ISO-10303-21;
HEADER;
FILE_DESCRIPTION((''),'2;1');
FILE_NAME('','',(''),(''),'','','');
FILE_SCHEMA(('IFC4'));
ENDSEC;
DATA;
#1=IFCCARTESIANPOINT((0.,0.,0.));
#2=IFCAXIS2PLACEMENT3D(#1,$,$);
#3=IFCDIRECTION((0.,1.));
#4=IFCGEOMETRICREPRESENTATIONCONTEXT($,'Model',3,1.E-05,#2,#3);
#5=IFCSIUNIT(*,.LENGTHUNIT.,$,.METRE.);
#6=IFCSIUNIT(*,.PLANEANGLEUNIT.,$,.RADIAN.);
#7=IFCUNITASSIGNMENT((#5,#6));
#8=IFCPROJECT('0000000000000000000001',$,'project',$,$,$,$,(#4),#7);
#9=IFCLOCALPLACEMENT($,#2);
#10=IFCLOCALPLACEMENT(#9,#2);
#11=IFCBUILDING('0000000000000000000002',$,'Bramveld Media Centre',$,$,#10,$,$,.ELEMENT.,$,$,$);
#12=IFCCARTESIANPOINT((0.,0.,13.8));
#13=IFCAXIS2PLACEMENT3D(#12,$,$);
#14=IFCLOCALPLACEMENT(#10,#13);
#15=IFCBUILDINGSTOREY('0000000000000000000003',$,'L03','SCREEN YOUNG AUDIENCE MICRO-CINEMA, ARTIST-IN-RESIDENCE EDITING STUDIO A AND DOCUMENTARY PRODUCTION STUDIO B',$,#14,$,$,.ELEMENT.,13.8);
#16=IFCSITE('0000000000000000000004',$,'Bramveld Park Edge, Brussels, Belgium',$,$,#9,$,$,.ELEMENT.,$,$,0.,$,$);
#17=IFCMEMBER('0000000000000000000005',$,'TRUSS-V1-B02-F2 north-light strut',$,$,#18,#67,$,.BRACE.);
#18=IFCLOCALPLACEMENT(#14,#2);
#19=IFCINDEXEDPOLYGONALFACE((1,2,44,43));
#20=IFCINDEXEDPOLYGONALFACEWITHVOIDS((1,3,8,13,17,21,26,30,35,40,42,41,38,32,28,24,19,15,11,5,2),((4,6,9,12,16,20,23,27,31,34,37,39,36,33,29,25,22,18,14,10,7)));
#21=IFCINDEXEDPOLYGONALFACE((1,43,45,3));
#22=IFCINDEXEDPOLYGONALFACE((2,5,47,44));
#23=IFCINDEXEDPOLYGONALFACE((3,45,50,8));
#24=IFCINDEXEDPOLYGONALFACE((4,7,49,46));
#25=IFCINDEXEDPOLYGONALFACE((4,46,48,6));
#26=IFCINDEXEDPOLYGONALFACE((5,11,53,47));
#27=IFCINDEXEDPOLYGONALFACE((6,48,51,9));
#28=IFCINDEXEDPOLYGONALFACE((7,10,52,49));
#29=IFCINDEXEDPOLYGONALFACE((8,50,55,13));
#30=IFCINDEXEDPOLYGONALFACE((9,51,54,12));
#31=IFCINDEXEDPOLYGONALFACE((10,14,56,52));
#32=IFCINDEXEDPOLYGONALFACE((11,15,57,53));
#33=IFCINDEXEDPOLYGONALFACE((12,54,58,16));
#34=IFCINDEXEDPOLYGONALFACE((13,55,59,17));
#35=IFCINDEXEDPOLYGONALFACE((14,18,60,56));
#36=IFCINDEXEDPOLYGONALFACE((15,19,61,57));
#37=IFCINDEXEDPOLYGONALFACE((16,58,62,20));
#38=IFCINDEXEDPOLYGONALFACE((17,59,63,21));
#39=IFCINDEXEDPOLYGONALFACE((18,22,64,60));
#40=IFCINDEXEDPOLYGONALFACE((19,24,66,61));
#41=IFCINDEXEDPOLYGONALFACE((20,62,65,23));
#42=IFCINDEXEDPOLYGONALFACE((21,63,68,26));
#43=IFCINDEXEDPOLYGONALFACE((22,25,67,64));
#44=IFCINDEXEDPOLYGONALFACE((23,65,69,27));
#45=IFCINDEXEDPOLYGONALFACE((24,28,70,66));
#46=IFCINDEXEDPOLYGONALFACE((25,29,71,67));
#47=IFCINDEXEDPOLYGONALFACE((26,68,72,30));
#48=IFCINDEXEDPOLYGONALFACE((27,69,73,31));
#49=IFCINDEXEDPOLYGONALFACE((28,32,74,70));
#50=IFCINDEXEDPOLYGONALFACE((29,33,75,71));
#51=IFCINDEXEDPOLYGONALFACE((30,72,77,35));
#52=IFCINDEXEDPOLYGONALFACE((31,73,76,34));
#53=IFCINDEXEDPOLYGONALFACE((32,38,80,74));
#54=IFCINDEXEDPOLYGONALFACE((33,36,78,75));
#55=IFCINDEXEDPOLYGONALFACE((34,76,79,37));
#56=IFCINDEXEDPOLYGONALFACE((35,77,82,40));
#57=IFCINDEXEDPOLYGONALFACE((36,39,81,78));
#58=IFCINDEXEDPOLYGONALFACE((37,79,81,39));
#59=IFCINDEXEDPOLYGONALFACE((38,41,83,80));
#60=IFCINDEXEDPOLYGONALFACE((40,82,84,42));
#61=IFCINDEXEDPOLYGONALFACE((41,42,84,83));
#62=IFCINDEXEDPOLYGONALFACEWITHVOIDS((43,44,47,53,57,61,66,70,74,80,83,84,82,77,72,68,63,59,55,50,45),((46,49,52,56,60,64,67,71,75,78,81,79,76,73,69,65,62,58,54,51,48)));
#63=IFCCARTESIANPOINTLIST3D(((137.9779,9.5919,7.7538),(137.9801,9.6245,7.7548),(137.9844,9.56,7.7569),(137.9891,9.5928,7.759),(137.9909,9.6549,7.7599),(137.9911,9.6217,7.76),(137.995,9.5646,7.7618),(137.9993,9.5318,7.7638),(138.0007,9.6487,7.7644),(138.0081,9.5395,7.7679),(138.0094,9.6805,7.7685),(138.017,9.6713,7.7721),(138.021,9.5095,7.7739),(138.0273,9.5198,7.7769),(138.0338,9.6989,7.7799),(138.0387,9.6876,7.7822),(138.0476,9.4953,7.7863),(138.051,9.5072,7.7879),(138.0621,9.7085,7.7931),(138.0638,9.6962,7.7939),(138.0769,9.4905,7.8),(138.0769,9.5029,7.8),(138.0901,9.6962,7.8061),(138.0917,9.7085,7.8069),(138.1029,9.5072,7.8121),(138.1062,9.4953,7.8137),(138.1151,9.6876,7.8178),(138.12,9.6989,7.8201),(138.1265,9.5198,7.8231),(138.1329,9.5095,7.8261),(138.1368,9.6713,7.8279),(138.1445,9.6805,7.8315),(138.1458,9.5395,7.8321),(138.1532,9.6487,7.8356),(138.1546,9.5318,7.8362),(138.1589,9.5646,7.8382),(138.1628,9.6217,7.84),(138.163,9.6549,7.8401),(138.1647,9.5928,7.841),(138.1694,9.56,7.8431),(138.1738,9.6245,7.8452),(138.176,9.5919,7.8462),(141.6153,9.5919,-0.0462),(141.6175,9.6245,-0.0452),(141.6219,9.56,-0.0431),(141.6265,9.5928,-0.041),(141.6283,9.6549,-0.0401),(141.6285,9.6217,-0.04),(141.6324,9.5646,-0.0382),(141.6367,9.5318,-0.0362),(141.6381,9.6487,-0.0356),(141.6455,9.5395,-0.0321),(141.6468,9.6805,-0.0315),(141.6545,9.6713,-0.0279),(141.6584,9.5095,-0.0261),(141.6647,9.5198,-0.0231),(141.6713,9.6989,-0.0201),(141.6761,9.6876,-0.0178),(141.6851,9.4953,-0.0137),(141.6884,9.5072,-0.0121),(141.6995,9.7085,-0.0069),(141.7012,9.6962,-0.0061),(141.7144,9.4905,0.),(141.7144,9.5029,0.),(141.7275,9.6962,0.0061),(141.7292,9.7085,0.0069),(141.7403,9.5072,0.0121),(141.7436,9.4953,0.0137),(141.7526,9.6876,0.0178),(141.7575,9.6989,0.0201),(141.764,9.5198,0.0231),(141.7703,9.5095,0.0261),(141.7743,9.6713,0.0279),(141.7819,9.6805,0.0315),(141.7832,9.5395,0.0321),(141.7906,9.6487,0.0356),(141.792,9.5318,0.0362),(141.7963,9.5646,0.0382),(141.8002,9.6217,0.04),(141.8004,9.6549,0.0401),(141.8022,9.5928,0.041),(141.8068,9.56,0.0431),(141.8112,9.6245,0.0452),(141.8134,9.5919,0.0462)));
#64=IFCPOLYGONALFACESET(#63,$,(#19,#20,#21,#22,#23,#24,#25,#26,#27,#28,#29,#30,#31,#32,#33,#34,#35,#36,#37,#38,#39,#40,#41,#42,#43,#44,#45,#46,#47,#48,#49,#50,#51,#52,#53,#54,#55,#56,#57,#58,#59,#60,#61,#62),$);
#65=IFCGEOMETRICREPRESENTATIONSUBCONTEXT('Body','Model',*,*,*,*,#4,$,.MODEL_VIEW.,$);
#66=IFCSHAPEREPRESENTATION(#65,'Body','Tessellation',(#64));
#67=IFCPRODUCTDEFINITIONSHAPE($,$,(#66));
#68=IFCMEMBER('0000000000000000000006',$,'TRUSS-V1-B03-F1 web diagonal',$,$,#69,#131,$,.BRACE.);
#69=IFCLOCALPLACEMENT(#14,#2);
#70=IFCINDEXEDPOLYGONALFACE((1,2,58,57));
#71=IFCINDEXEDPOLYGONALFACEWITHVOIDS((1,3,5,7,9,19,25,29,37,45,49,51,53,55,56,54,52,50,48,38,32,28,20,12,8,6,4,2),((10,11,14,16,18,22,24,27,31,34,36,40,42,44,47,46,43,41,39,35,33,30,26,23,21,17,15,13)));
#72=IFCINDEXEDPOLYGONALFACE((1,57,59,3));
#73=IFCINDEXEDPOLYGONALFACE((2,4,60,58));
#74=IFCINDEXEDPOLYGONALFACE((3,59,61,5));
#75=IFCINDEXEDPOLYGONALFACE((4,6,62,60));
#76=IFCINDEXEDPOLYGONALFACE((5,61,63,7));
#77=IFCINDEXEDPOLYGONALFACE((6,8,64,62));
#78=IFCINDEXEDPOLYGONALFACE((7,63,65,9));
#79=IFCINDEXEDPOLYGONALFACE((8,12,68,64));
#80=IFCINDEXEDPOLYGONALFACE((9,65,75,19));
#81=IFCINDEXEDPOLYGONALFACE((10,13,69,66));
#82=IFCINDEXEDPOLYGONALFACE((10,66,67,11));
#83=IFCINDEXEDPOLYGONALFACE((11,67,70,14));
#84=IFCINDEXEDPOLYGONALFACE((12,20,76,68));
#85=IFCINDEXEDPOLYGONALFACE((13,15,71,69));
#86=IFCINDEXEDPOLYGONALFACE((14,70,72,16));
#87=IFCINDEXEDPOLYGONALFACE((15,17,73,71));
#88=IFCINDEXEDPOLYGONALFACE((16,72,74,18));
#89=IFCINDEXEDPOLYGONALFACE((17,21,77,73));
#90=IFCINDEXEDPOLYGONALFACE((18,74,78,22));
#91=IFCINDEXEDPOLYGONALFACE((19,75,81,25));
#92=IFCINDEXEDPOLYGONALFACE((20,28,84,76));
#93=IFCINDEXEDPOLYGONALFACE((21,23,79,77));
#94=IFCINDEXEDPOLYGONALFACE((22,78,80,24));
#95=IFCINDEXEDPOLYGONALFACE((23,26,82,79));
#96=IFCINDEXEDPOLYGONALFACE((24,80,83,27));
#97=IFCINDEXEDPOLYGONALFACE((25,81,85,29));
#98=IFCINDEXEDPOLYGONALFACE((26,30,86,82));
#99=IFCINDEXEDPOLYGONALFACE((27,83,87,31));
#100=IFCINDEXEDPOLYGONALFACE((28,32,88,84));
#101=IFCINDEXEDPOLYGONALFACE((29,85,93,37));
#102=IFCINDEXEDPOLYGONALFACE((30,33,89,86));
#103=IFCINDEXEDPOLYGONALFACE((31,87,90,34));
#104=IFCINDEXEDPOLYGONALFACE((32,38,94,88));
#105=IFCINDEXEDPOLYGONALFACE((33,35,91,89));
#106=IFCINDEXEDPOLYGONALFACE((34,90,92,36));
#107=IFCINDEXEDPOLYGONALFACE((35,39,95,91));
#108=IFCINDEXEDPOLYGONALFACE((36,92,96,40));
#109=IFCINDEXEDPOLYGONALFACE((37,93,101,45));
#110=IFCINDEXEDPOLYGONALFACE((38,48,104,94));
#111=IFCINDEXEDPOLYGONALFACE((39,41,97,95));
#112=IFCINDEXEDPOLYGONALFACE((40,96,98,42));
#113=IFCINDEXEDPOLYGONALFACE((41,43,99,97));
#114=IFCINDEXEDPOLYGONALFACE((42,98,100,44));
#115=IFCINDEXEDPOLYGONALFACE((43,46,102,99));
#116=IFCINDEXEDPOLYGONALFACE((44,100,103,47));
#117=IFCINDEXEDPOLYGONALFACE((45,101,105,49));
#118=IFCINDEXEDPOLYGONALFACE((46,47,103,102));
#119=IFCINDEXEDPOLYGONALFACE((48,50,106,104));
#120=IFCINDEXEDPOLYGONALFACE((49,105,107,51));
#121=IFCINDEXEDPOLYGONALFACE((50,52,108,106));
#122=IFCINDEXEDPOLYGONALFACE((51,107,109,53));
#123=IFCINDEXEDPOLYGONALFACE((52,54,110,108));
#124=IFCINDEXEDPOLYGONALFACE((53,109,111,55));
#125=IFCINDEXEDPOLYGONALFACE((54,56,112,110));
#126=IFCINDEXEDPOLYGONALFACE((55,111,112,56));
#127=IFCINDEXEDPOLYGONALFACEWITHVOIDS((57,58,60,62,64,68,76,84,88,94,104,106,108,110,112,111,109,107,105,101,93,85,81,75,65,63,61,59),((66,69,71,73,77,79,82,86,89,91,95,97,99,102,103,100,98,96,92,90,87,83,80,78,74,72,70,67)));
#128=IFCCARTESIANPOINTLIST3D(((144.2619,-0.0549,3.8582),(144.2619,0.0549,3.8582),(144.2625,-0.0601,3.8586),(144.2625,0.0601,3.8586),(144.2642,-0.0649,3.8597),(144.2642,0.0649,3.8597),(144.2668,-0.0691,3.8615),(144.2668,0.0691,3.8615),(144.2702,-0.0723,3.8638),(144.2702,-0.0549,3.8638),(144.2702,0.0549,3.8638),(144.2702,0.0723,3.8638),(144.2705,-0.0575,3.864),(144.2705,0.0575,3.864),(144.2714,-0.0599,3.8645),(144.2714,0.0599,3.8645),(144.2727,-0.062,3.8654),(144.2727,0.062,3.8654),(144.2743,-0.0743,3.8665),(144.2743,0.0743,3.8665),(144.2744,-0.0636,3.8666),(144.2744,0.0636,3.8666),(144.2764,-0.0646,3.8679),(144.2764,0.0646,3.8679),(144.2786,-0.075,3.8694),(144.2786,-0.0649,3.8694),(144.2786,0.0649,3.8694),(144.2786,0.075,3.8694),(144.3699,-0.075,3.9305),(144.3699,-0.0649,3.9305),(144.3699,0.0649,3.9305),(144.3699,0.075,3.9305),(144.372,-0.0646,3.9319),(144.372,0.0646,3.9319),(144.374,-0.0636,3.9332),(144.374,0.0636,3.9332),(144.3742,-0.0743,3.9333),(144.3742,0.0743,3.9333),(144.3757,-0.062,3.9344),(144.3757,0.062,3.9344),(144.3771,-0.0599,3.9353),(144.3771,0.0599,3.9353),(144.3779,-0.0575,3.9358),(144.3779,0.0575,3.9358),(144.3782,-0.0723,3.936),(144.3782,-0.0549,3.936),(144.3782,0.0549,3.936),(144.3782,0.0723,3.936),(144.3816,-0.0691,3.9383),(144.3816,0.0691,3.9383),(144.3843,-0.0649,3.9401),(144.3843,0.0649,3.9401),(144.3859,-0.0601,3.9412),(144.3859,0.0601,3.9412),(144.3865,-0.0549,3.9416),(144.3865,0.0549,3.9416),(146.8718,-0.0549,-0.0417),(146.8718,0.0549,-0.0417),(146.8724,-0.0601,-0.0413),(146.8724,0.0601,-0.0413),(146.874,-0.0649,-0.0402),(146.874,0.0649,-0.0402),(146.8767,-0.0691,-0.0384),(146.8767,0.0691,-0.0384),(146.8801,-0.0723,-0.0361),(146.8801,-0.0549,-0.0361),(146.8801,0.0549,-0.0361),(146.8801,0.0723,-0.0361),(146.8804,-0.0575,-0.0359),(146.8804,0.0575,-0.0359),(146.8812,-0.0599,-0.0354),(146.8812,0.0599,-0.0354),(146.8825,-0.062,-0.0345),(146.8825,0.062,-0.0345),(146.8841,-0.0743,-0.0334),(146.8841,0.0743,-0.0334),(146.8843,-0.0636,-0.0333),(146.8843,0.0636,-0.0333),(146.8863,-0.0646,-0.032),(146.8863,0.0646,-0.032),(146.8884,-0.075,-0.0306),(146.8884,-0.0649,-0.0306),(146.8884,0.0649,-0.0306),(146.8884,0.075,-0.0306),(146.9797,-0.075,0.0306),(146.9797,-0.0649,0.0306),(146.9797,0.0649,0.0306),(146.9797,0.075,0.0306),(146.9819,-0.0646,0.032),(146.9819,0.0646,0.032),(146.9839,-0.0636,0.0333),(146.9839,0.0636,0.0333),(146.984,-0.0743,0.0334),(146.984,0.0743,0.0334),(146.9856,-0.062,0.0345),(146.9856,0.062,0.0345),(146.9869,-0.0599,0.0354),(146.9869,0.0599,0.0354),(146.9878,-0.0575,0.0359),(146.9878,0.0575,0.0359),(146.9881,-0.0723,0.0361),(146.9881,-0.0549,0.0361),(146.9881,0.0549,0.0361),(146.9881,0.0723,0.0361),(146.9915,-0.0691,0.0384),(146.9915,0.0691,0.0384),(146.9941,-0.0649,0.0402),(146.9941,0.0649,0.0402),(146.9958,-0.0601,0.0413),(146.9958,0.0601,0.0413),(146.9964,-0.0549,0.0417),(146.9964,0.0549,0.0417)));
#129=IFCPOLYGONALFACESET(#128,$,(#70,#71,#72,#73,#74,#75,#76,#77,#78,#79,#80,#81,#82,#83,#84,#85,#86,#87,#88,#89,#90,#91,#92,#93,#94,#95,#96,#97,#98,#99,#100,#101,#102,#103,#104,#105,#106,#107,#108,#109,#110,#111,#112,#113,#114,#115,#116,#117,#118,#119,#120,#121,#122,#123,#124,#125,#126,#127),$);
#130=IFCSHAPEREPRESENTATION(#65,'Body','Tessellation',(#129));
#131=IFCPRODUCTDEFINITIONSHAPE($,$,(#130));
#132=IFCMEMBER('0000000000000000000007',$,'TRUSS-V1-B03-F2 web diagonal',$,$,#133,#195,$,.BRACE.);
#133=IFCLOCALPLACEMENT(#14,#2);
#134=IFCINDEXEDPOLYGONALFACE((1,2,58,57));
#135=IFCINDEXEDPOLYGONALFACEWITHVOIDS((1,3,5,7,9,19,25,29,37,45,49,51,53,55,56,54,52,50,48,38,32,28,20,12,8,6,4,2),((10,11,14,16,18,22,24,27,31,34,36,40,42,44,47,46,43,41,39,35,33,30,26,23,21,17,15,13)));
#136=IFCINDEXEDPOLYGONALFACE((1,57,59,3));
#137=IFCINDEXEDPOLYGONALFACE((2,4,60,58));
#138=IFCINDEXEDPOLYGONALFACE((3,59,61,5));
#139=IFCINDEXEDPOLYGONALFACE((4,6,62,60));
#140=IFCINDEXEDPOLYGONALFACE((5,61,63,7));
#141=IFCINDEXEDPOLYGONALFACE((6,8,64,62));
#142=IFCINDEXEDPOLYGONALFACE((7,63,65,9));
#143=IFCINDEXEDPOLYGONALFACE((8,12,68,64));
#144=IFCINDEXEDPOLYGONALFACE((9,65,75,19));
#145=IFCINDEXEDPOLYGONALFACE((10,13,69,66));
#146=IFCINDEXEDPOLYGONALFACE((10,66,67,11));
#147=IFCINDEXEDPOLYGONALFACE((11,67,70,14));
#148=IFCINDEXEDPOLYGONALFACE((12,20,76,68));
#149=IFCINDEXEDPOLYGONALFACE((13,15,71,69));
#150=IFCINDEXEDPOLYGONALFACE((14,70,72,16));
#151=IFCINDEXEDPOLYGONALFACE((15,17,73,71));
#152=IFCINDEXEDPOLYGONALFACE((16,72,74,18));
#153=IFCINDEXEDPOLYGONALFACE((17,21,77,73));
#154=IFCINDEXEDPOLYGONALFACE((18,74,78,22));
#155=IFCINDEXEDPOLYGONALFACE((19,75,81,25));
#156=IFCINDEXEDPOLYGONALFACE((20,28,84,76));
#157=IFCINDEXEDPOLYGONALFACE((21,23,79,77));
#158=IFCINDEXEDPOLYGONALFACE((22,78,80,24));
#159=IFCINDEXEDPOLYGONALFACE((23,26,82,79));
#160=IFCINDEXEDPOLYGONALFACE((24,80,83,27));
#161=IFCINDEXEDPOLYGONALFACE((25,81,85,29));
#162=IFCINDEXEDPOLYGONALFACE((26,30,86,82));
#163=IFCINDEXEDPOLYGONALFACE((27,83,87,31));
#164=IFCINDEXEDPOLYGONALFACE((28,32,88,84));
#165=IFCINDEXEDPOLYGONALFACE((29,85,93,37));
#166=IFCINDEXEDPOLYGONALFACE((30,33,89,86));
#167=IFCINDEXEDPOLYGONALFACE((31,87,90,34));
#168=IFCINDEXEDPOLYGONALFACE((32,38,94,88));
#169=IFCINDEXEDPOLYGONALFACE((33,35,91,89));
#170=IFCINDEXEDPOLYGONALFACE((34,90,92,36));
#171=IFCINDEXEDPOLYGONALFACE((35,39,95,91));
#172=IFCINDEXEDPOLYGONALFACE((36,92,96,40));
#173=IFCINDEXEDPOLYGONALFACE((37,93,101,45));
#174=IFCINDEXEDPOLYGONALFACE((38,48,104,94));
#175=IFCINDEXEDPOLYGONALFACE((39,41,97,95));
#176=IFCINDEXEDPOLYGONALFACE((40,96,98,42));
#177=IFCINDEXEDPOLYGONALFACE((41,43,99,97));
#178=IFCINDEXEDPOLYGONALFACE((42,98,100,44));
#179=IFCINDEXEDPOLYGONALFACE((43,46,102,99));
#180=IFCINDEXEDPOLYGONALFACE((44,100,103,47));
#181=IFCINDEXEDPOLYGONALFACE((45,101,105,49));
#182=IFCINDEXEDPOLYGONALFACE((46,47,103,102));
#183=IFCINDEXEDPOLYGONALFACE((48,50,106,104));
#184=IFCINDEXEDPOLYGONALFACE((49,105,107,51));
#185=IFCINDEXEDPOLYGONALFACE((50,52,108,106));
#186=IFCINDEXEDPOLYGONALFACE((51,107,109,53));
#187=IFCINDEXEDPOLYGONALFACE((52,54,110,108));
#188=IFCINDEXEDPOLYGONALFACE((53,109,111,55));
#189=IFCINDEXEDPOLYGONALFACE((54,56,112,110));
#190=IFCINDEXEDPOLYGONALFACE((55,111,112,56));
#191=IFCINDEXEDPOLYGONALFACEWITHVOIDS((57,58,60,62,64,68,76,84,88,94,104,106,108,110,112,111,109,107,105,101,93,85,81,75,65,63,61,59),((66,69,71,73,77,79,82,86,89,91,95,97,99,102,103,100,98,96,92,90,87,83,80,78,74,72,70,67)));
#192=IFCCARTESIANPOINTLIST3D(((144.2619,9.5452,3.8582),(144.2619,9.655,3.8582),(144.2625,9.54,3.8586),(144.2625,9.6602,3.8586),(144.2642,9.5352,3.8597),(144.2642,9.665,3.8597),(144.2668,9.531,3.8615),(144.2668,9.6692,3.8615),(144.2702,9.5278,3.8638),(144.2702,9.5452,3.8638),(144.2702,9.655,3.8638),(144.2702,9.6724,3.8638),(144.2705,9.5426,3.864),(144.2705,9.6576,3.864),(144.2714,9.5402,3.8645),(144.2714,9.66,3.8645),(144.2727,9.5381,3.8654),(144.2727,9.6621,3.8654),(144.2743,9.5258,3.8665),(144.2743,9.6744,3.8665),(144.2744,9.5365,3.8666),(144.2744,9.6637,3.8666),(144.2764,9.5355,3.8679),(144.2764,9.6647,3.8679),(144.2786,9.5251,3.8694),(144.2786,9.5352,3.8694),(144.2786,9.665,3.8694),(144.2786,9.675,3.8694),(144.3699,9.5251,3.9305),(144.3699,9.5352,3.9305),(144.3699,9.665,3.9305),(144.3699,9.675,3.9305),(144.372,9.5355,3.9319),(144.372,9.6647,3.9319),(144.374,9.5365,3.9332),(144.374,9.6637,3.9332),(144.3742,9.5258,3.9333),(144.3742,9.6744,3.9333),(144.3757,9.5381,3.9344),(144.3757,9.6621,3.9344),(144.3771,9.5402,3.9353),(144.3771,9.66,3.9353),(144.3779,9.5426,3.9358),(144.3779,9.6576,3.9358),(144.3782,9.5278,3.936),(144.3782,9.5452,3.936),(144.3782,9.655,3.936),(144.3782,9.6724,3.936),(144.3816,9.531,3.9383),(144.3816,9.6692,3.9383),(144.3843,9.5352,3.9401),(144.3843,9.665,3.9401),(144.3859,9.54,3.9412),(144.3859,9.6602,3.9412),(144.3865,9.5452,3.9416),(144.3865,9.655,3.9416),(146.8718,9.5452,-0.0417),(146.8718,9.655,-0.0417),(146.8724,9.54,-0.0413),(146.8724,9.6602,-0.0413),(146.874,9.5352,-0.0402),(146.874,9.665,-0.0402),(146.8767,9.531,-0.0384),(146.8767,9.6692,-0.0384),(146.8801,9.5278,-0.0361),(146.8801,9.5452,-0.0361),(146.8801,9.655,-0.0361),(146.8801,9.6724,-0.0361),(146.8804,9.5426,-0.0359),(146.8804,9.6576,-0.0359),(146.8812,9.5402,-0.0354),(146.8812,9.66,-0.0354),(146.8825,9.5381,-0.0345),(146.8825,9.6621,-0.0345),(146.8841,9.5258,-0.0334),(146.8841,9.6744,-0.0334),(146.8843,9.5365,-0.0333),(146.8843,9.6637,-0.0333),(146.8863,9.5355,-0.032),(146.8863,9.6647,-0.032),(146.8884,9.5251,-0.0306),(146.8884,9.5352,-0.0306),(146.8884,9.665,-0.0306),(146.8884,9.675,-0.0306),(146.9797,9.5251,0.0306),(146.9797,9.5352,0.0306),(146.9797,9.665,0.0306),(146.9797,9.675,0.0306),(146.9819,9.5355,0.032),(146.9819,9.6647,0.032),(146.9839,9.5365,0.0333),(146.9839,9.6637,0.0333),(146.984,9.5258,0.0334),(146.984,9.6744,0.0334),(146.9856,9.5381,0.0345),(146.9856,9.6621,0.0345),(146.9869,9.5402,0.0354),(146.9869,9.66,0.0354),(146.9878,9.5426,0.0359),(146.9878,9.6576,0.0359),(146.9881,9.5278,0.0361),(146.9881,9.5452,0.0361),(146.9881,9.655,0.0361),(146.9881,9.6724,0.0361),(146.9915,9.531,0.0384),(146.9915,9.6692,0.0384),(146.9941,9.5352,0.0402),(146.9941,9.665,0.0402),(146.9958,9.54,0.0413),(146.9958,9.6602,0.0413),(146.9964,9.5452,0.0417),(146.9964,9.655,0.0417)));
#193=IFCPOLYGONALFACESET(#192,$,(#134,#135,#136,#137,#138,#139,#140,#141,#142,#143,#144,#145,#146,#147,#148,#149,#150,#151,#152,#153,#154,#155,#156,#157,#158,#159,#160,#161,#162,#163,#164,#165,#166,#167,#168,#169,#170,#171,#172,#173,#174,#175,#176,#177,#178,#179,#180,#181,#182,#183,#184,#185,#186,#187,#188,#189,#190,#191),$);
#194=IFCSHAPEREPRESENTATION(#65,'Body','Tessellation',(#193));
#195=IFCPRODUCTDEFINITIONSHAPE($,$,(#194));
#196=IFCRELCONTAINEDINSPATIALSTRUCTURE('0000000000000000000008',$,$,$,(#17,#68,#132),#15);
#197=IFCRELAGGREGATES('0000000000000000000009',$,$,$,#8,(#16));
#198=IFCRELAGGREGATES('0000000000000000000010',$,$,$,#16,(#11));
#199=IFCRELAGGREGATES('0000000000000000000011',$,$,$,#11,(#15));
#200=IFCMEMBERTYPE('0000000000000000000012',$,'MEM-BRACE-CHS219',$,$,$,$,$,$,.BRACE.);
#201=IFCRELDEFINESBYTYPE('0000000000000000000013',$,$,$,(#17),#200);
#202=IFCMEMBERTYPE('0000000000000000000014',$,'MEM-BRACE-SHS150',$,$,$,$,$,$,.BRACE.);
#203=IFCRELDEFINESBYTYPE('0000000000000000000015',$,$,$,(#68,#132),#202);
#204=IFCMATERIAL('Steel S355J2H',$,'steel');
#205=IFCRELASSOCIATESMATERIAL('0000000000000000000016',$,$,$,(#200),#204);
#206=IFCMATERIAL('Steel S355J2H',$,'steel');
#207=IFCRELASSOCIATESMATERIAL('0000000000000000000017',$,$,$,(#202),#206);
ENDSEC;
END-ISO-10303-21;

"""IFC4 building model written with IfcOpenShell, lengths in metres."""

from ifc_helpers import new_model, si_unit, direction, frame, origin, origin_2d, place, context, subcontext, project, spatial, hollow_rectangle, hollow_circle, extrude, material, material_profile, profile_set, type_object, element, save


model = new_model("IFC4")

# Units and contexts
model_context = context("Model", 3, precision=1e-05, world=origin(), true_north=direction((0.0, 1.0)))
body_context = subcontext(model_context, "Body", "Model", "MODEL_VIEW")
ifc_project = project(units=[si_unit("LENGTHUNIT", "METRE"), si_unit("PLANEANGLEUNIT", "RADIAN")], contexts=[model_context])

# Site, building, storey
site_placement = place(None, origin())
site = spatial("IfcSite", under=ifc_project, at=site_placement, Name="Bramveld Park Edge, Brussels, Belgium", CompositionType="ELEMENT", RefElevation=0.0)
building_placement = place(site_placement, origin())
building = spatial("IfcBuilding", under=site, at=building_placement, Name="Bramveld Media Centre", CompositionType="ELEMENT")
storey_placement = place(building_placement, frame((0.0, 0.0, 13.8)))
storey = spatial("IfcBuildingStorey", under=building, at=storey_placement, Name="L03", Description="SCREEN YOUNG AUDIENCE MICRO-CINEMA, ARTIST-IN-RESIDENCE EDITING STUDIO A AND DOCUMENTARY PRODUCTION STUDIO B", CompositionType="ELEMENT", Elevation=13.8)

# Members
ifc_material_1 = material(Name="Steel S355J2H", Category="steel")
ifc_material_profile_1 = material_profile(ifc_material_1, hollow_circle(Radius=0.1096, WallThickness=0.0125, at=origin_2d()), Name="CHS 219.1x12.5")
ifc_profile_set_1 = profile_set([ifc_material_profile_1], Name="Steel S355J2H")
member_type_1 = type_object("IfcMemberType", Name="MEM-BRACE-CHS219", PredefinedType="BRACE", material=ifc_profile_set_1)
for number, where, z_axis, x_axis, name in (
    (1, (141.7144, 9.6001, 0.0), (-0.42264, 0.0, 0.906298), (0.0, -1.0, 0.0), "TRUSS-V1-B02-F2 north-light strut"),
):
    element("IfcMember", number, at=place(storey_placement, frame(where, z_axis=z_axis, x_axis=x_axis)), inside=storey, type_object=member_type_1, Name=name, PredefinedType="BRACE", context=body_context, shape_type="SweptSolid", body=[
        extrude(hollow_circle(Radius=0.1096, WallThickness=0.0125, at=origin_2d()), origin(), (0.0, 0.0, 1.0), 8.6064),
    ])
ifc_material_2 = material(Name="Steel S355J2H", Category="steel")
ifc_material_profile_2 = material_profile(ifc_material_2, hollow_rectangle(XDim=0.1499, YDim=0.1499, WallThickness=0.01, InnerFilletRadius=0.01, OuterFilletRadius=0.02, at=origin_2d()), Name="SHS 150x150x10")
ifc_profile_set_2 = profile_set([ifc_material_profile_2], Name="Steel S355J2H")
member_type_2 = type_object("IfcMemberType", Name="MEM-BRACE-SHS150", PredefinedType="BRACE", material=ifc_profile_set_2)
for number, where, z_axis, x_axis, name in (
    (2, (146.9341, 0.0, 0.0), (-0.556164, 0.0, 0.831073), (0.0, -1.0, 0.0), "TRUSS-V1-B03-F1 web diagonal"),
    (3, (146.9341, 9.6001, 0.0), (-0.556164, 0.0, 0.831073), (0.0, -1.0, 0.0), "TRUSS-V1-B03-F2 web diagonal"),
):
    element("IfcMember", number, at=place(storey_placement, frame(where, z_axis=z_axis, x_axis=x_axis)), inside=storey, type_object=member_type_2, Name=name, PredefinedType="BRACE", context=body_context, shape_type="SweptSolid", body=[
        extrude(hollow_rectangle(XDim=0.1499, YDim=0.1499, WallThickness=0.01, InnerFilletRadius=0.01, OuterFilletRadius=0.02, at=origin_2d()), origin(), (0.0, 0.0, 1.0), 4.6926),
    ])

save(model, "model.ifc")
